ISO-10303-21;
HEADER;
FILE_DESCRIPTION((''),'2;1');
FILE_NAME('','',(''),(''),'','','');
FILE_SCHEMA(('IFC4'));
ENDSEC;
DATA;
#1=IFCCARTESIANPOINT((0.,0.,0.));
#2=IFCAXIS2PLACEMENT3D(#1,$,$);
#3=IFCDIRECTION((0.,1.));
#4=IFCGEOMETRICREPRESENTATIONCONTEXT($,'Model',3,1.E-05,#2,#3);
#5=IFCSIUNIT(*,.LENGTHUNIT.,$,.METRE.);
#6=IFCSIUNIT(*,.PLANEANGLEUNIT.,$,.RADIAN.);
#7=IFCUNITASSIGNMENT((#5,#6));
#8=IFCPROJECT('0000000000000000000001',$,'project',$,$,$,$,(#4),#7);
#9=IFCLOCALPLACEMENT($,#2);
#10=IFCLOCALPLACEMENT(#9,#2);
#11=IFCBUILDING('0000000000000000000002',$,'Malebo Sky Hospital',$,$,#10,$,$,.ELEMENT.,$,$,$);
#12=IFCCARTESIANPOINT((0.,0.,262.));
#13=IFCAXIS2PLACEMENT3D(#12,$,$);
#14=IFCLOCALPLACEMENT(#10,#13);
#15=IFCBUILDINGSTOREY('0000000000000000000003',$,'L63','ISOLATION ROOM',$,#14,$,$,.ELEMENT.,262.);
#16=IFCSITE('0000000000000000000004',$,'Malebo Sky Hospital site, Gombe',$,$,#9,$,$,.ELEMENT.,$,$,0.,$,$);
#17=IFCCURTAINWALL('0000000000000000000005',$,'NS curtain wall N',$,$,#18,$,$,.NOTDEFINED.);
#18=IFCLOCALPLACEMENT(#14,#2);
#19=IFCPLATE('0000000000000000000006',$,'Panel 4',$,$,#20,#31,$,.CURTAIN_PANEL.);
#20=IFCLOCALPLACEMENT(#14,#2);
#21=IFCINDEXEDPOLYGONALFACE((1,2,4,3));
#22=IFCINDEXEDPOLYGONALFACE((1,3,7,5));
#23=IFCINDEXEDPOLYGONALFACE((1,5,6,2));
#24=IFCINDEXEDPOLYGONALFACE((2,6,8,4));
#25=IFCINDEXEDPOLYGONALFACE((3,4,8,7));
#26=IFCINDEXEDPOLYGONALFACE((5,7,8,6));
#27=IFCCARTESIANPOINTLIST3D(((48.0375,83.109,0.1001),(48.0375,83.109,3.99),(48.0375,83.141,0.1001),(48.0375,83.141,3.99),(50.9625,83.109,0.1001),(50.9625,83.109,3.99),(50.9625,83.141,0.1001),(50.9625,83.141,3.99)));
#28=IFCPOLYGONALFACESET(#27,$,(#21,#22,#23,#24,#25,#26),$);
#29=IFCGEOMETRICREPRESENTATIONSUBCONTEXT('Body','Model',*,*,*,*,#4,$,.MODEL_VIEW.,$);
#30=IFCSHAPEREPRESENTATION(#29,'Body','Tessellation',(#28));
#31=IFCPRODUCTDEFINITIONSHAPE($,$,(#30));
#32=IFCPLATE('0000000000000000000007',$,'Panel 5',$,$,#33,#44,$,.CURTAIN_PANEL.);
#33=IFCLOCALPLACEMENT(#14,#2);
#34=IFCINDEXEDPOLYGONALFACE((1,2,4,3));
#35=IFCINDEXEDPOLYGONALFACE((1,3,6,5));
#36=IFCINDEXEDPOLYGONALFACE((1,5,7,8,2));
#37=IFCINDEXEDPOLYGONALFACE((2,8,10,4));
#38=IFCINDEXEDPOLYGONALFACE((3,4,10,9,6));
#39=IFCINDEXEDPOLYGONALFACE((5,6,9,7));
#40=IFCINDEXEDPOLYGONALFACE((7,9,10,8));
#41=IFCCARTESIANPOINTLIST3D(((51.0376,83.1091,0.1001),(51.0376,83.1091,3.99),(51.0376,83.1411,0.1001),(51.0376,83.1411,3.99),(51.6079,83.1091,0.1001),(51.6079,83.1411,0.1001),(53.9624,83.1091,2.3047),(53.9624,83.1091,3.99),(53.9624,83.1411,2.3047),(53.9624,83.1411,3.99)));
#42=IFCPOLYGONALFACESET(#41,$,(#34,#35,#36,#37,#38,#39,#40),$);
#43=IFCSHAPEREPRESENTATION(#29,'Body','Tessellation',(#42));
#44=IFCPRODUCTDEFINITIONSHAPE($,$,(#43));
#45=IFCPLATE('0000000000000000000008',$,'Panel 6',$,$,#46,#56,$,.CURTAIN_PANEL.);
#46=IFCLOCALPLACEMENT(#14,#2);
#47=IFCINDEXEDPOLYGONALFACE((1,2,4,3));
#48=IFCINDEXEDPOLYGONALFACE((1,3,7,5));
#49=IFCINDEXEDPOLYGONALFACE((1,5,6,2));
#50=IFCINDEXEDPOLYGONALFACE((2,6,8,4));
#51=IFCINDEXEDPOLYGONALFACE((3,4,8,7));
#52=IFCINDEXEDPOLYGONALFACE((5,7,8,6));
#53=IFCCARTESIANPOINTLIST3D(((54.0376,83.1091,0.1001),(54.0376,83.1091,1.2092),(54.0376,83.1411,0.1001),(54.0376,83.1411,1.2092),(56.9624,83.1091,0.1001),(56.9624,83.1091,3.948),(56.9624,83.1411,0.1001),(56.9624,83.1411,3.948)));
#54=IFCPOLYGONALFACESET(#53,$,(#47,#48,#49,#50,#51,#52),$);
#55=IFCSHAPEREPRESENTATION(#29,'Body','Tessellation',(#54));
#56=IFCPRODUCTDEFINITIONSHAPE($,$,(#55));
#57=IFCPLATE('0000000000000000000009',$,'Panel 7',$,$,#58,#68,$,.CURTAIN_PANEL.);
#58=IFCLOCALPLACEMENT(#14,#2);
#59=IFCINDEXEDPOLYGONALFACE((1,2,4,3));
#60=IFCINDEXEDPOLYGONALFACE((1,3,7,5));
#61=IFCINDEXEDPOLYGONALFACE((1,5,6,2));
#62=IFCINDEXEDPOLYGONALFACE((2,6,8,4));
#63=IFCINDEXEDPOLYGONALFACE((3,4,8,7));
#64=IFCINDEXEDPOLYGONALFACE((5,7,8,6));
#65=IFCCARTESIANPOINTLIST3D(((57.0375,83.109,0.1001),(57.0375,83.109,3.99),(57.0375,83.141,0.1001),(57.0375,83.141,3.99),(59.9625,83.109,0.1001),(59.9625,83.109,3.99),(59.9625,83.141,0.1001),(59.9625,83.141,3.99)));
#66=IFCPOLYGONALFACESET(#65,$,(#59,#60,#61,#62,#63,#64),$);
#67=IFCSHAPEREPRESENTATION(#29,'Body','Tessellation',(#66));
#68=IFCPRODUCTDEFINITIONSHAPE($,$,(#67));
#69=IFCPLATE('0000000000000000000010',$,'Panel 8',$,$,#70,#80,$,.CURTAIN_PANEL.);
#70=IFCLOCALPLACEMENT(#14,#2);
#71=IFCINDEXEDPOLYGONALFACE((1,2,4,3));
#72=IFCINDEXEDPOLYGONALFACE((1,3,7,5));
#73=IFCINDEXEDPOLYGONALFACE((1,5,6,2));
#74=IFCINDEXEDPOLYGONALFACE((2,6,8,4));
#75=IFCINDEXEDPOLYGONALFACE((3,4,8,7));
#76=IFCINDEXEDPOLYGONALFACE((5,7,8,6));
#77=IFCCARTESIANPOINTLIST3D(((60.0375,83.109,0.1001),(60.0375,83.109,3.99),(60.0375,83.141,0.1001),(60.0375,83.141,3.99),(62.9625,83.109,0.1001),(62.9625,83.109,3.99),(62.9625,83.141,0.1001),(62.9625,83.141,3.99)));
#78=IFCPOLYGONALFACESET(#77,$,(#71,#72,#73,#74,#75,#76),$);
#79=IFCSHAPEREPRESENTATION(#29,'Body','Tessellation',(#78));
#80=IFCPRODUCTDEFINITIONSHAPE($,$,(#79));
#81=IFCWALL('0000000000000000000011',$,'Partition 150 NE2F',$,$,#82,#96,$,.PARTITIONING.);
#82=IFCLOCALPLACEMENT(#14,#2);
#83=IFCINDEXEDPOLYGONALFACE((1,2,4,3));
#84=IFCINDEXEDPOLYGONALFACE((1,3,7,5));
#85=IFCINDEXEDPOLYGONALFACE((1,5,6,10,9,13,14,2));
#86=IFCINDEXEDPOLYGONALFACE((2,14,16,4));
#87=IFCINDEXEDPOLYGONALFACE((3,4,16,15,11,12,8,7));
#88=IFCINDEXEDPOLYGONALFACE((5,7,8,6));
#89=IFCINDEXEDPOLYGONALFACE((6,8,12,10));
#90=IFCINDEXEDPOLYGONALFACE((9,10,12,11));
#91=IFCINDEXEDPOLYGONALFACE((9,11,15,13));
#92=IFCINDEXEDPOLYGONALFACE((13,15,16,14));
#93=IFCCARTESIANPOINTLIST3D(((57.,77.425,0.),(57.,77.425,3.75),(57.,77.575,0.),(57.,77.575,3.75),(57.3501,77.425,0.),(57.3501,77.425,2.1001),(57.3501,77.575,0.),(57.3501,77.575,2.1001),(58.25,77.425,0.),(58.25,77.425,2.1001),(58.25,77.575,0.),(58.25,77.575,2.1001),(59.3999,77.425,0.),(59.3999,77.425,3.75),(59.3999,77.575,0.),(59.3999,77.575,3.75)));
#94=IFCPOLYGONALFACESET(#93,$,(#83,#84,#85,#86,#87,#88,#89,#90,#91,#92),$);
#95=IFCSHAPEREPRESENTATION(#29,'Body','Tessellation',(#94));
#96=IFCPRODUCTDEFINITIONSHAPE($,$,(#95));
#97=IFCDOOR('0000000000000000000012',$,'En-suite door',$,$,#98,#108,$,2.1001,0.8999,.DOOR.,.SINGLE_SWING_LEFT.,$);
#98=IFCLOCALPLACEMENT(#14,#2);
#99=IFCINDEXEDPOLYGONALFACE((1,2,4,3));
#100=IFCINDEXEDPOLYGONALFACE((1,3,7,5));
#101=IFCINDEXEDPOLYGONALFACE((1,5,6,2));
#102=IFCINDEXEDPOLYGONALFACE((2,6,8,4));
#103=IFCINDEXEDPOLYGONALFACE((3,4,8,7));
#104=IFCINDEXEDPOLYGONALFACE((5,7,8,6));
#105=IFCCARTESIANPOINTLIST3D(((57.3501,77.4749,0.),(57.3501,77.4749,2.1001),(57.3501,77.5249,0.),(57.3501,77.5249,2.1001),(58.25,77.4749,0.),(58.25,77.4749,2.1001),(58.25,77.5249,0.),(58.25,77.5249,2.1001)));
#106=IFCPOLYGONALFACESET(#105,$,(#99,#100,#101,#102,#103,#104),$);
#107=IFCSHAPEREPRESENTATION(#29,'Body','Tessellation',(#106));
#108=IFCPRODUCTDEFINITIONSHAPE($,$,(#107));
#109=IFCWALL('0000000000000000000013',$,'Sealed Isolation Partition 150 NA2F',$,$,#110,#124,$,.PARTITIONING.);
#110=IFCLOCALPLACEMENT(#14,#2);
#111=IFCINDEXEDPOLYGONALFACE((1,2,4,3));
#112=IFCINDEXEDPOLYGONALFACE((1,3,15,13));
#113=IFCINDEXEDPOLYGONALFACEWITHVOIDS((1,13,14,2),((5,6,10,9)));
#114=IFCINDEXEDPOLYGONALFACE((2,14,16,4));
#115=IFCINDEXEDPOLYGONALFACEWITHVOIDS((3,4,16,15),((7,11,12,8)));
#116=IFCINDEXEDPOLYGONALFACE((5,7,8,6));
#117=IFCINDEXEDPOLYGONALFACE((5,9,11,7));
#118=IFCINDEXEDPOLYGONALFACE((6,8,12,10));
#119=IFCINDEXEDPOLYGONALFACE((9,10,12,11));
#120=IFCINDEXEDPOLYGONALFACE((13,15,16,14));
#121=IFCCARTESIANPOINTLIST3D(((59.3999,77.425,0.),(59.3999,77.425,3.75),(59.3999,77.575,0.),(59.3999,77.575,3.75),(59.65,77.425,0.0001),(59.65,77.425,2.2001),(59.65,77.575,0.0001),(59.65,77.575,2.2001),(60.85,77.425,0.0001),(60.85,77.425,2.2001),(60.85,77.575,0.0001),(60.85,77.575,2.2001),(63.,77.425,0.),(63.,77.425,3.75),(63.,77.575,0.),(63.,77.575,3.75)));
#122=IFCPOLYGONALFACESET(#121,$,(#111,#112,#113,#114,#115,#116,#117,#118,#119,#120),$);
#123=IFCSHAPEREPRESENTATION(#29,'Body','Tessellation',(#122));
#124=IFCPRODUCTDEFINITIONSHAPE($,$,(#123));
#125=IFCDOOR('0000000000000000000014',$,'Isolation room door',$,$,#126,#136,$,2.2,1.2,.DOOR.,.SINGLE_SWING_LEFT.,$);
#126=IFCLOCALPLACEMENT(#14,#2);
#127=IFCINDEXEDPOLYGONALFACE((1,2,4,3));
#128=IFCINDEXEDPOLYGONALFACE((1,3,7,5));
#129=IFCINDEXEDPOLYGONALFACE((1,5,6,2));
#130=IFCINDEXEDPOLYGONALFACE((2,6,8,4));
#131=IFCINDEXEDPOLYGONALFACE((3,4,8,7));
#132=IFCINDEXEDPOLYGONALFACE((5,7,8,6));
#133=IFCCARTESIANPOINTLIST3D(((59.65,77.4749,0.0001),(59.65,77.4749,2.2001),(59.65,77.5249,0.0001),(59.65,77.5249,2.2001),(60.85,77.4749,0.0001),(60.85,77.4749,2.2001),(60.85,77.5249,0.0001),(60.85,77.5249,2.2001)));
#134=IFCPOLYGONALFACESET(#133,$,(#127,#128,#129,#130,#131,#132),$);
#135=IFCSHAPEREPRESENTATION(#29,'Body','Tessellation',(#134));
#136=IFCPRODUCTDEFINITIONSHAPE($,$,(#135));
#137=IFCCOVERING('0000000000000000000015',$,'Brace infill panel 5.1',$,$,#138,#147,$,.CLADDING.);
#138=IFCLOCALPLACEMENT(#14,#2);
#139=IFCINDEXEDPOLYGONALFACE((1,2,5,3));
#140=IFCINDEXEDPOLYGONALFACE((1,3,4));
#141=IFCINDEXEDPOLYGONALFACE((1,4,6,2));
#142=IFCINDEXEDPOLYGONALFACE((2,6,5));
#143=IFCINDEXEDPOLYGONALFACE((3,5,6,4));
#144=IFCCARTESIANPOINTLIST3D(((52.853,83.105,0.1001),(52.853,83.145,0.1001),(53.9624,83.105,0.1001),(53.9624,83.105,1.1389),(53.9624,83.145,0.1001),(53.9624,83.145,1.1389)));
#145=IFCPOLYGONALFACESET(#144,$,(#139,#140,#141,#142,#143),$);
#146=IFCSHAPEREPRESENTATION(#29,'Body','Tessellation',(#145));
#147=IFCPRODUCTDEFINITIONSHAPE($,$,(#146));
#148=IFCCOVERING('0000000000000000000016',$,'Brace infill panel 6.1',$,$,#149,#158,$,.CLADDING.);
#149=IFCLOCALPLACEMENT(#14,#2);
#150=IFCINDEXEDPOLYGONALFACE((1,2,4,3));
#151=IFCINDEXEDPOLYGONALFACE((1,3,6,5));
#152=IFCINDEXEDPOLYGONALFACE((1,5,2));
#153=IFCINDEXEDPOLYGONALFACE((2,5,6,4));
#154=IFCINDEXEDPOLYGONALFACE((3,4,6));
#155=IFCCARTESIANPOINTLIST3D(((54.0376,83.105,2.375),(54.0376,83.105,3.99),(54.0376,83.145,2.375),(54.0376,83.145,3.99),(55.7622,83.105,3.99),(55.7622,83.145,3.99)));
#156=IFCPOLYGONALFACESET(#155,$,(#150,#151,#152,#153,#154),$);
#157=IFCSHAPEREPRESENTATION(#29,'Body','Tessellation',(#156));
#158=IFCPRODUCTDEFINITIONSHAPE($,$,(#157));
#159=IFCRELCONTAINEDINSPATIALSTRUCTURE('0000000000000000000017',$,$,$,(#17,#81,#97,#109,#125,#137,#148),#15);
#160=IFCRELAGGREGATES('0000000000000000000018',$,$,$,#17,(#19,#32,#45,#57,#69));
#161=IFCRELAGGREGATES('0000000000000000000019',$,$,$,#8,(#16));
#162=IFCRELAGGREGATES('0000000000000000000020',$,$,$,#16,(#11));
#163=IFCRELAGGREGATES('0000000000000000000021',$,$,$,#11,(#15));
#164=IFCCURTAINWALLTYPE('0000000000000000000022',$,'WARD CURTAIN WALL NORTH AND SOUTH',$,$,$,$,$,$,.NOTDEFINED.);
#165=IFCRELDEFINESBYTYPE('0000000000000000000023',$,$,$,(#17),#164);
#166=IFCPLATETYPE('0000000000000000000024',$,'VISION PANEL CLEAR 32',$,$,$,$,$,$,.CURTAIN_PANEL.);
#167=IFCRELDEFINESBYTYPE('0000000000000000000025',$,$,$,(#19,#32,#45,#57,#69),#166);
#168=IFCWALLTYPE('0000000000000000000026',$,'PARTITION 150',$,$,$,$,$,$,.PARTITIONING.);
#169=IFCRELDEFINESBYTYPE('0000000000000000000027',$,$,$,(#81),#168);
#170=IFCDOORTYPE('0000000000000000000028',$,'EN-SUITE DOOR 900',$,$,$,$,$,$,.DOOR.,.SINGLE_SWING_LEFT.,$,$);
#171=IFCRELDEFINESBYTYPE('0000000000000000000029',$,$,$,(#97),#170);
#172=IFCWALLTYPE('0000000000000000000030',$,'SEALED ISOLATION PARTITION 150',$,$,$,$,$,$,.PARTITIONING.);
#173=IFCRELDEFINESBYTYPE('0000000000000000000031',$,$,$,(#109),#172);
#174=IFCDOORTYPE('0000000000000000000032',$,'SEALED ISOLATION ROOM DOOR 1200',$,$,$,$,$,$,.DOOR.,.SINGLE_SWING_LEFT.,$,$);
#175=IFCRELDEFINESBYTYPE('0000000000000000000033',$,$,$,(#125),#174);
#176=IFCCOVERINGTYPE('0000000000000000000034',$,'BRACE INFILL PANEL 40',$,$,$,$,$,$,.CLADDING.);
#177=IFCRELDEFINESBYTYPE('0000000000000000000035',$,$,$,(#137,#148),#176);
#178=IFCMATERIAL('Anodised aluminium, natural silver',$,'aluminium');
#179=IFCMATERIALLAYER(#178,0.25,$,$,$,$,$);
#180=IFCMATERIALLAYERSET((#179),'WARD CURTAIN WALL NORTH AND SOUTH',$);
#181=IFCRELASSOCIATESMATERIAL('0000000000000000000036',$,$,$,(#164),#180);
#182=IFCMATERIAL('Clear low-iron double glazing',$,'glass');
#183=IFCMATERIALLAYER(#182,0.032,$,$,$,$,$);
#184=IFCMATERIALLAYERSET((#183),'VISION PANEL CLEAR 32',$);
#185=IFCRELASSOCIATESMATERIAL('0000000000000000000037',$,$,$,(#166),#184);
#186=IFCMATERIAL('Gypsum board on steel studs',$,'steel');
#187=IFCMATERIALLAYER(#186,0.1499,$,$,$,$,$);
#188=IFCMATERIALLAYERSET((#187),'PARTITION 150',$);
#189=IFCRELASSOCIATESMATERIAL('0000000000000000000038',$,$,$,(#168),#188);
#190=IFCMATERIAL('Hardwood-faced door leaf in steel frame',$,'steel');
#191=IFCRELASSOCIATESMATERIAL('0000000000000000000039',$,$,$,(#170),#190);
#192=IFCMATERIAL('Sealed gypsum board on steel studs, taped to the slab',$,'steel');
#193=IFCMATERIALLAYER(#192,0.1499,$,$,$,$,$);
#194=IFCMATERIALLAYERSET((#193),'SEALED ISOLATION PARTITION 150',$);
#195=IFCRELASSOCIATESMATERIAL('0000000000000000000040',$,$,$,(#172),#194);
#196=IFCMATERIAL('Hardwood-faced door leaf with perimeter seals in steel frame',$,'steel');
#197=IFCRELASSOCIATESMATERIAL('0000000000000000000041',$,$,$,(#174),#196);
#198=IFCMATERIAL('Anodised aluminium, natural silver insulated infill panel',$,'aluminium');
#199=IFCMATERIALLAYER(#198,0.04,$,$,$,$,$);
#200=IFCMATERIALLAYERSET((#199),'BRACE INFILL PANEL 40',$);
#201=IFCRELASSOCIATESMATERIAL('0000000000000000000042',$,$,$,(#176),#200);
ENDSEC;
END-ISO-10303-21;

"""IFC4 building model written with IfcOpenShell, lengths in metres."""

from ifc_helpers import new_model, si_unit, direction, frame, frame_2d, origin, origin_2d, place, context, subcontext, project, spatial, polyline, rectangle, outline, extrude, material, layer, layer_set, type_object, element, fill, aggregate, save


model = new_model("IFC4")

# Units and contexts
model_context = context("Model", 3, precision=1e-05, world=origin(), true_north=direction((0.0, 1.0)))
body_context = subcontext(model_context, "Body", "Model", "MODEL_VIEW")
ifc_project = project(units=[si_unit("LENGTHUNIT", "METRE"), si_unit("PLANEANGLEUNIT", "RADIAN")], contexts=[model_context])

# Site, building, storey
site_placement = place(None, origin())
site = spatial("IfcSite", under=ifc_project, at=site_placement, Name="Malebo Sky Hospital site, Gombe", CompositionType="ELEMENT", RefElevation=0.0)
building_placement = place(site_placement, origin())
building = spatial("IfcBuilding", under=site, at=building_placement, Name="Malebo Sky Hospital", CompositionType="ELEMENT")
storey_placement = place(building_placement, frame((0.0, 0.0, 262.0)))
storey = spatial("IfcBuildingStorey", under=building, at=storey_placement, Name="L63", Description="ISOLATION ROOM", CompositionType="ELEMENT", Elevation=262.0)

# Curtain wall
ifc_material_1 = material(Name="Anodised aluminium, natural silver", Category="aluminium")
ifc_layer_1 = layer(ifc_material_1, 0.25)
ifc_layer_set_1 = layer_set([ifc_layer_1], Name="WARD CURTAIN WALL NORTH AND SOUTH")
curtain_wall_type = type_object("IfcCurtainWallType", Name="WARD CURTAIN WALL NORTH AND SOUTH", PredefinedType="NOTDEFINED", material=ifc_layer_set_1)
curtain_wall_placement = place(storey_placement, origin())
curtain_wall = element("IfcCurtainWall", 1, at=curtain_wall_placement, inside=storey, type_object=curtain_wall_type, Name="NS curtain wall N", PredefinedType="NOTDEFINED")

# Plates
ifc_material_2 = material(Name="Clear low-iron double glazing", Category="glass")
ifc_layer_2 = layer(ifc_material_2, 0.032)
ifc_layer_set_2 = layer_set([ifc_layer_2], Name="VISION PANEL CLEAR 32")
plate_type = type_object("IfcPlateType", Name="VISION PANEL CLEAR 32", PredefinedType="CURTAIN_PANEL", material=ifc_layer_set_2)
plate_1_placement = place(storey_placement, frame((49.5, 83.125, 0.1001), z_axis=(0.0, 0.0, 1.0), x_axis=(1.0, 0.0, 0.0)))
plate_1 = element("IfcPlate", 2, at=plate_1_placement, type_object=plate_type, Name="Panel 4", PredefinedType="CURTAIN_PANEL", context=body_context, shape_type="SweptSolid", body=[
    extrude(rectangle(XDim=2.925, YDim=0.032, at=origin_2d()), origin(), (0.0, 0.0, 1.0), 3.8899),
])
plate_2_placement = place(storey_placement, frame((52.5, 83.125, 0.1001), z_axis=(0.0, 0.0, 1.0), x_axis=(1.0, 0.0, 0.0)))
plate_2 = element("IfcPlate", 3, at=plate_2_placement, type_object=plate_type, Name="Panel 5", PredefinedType="CURTAIN_PANEL", context=body_context, shape_type="SweptSolid", body=[
    extrude(outline(polyline([(-1.4624, 0.0), (-0.8921, 0.0), (1.4624, 2.2046), (1.4624, 3.8899), (-1.4624, 3.8899), (-1.4624, 0.0)])), frame((0.0, 0.0161, 0.0), z_axis=(0.0, -1.0, 0.0), x_axis=(1.0, 0.0, 0.0)), (0.0, 0.0, 1.0), 0.032),
])
plate_3_placement = place(storey_placement, frame((55.5, 83.125, 0.1001), z_axis=(0.0, 0.0, 1.0), x_axis=(1.0, 0.0, 0.0)))
plate_3 = element("IfcPlate", 4, at=plate_3_placement, type_object=plate_type, Name="Panel 6", PredefinedType="CURTAIN_PANEL", context=body_context, shape_type="SweptSolid", body=[
    extrude(outline(polyline([(-1.4624, 0.0), (1.4624, 0.0), (1.4624, 3.8479), (-1.4624, 1.1091), (-1.4624, 0.0)])), frame((0.0, 0.0161, 0.0), z_axis=(0.0, -1.0, 0.0), x_axis=(1.0, 0.0, 0.0)), (0.0, 0.0, 1.0), 0.032),
])
plate_4_placement = place(storey_placement, frame((58.5, 83.125, 0.1001), z_axis=(0.0, 0.0, 1.0), x_axis=(1.0, 0.0, 0.0)))
plate_4 = element("IfcPlate", 5, at=plate_4_placement, type_object=plate_type, Name="Panel 7", PredefinedType="CURTAIN_PANEL", context=body_context, shape_type="SweptSolid", body=[
    extrude(rectangle(XDim=2.925, YDim=0.032, at=origin_2d()), origin(), (0.0, 0.0, 1.0), 3.8899),
])
plate_5_placement = place(storey_placement, frame((61.5, 83.125, 0.1001), z_axis=(0.0, 0.0, 1.0), x_axis=(1.0, 0.0, 0.0)))
plate_5 = element("IfcPlate", 6, at=plate_5_placement, type_object=plate_type, Name="Panel 8", PredefinedType="CURTAIN_PANEL", context=body_context, shape_type="SweptSolid", body=[
    extrude(rectangle(XDim=2.925, YDim=0.032, at=origin_2d()), origin(), (0.0, 0.0, 1.0), 3.8899),
])
aggregate(curtain_wall, [plate_1, plate_2, plate_3, plate_4, plate_5])

# Walls, openings, doors
ifc_material_3 = material(Name="Gypsum board on steel studs", Category="steel")
ifc_layer_3 = layer(ifc_material_3, 0.1499)
ifc_layer_set_3 = layer_set([ifc_layer_3], Name="PARTITION 150")
wall_type_1 = type_object("IfcWallType", Name="PARTITION 150", PredefinedType="PARTITIONING", material=ifc_layer_set_3)
wall_1_placement = place(storey_placement, frame((57.0, 77.5, 0.0), z_axis=(0.0, 0.0, 1.0), x_axis=(1.0, 0.0, 0.0)))
wall_1 = element("IfcWall", 7, at=wall_1_placement, inside=storey, type_object=wall_type_1, Name="Partition 150 NE2F", PredefinedType="PARTITIONING", context=body_context, shape_type="SweptSolid", body=[
    extrude(rectangle(XDim=2.3999, YDim=0.1499, at=frame_2d((1.2, 0.0))), origin(), (0.0, 0.0, 1.0), 3.75),
])
opening_1_placement = place(wall_1_placement, frame((0.3501, 0.0, 0.0)))
opening_1 = element("IfcOpeningElement", 8, at=opening_1_placement, cuts=wall_1, PredefinedType="OPENING", context=body_context, shape_type="SweptSolid", body=[
    extrude(rectangle(XDim=0.8999, YDim=2.1001, at=frame_2d((0.45, 1.05))), frame((0.0, 0.085, 0.0), z_axis=(0.0, -1.0, 0.0), x_axis=(1.0, 0.0, 0.0)), (0.0, 0.0, 1.0), 0.1699),
])
ifc_material_4 = material(Name="Hardwood-faced door leaf in steel frame", Category="steel")
door_type_1 = type_object("IfcDoorType", Name="EN-SUITE DOOR 900", OperationType="SINGLE_SWING_LEFT", PredefinedType="DOOR", material=ifc_material_4)
door_1_placement = place(opening_1_placement, origin())
door_1 = element("IfcDoor", 9, at=door_1_placement, inside=storey, type_object=door_type_1, Name="En-suite door", OperationType="SINGLE_SWING_LEFT", OverallHeight=2.1001, OverallWidth=0.8999, PredefinedType="DOOR", context=body_context, shape_type="SweptSolid", body=[
    extrude(rectangle(XDim=0.8999, YDim=2.1001, at=frame_2d((0.45, 1.05))), frame((0.0, 0.0249, 0.0), z_axis=(0.0, -1.0, 0.0), x_axis=(1.0, 0.0, 0.0)), (0.0, 0.0, 1.0), 0.05),
])
fill(opening_1, door_1)
ifc_material_5 = material(Name="Sealed gypsum board on steel studs, taped to the slab", Category="steel")
ifc_layer_4 = layer(ifc_material_5, 0.1499)
ifc_layer_set_4 = layer_set([ifc_layer_4], Name="SEALED ISOLATION PARTITION 150")
wall_type_2 = type_object("IfcWallType", Name="SEALED ISOLATION PARTITION 150", PredefinedType="PARTITIONING", material=ifc_layer_set_4)
wall_2_placement = place(storey_placement, frame((59.3999, 77.5, 0.0), z_axis=(0.0, 0.0, 1.0), x_axis=(1.0, 0.0, 0.0)))
wall_2 = element("IfcWall", 10, at=wall_2_placement, inside=storey, type_object=wall_type_2, Name="Sealed Isolation Partition 150 NA2F", PredefinedType="PARTITIONING", context=body_context, shape_type="SweptSolid", body=[
    extrude(rectangle(XDim=3.6001, YDim=0.1499, at=frame_2d((1.8, 0.0))), origin(), (0.0, 0.0, 1.0), 3.75),
])
opening_2_placement = place(wall_2_placement, frame((0.25, 0.0, 0.0)))
opening_2 = element("IfcOpeningElement", 11, at=opening_2_placement, cuts=wall_2, PredefinedType="OPENING", context=body_context, shape_type="SweptSolid", body=[
    extrude(rectangle(XDim=1.2, YDim=2.2, at=frame_2d((0.6001, 1.1001))), frame((0.0, 0.085, 0.0), z_axis=(0.0, -1.0, 0.0), x_axis=(1.0, 0.0, 0.0)), (0.0, 0.0, 1.0), 0.1699),
])
ifc_material_6 = material(Name="Hardwood-faced door leaf with perimeter seals in steel frame", Category="steel")
door_type_2 = type_object("IfcDoorType", Name="SEALED ISOLATION ROOM DOOR 1200", OperationType="SINGLE_SWING_LEFT", PredefinedType="DOOR", material=ifc_material_6)
door_2_placement = place(opening_2_placement, origin())
door_2 = element("IfcDoor", 12, at=door_2_placement, inside=storey, type_object=door_type_2, Name="Isolation room door", OperationType="SINGLE_SWING_LEFT", OverallHeight=2.2, OverallWidth=1.2, PredefinedType="DOOR", context=body_context, shape_type="SweptSolid", body=[
    extrude(rectangle(XDim=1.2, YDim=2.2, at=frame_2d((0.6001, 1.1001))), frame((0.0, 0.0249, 0.0), z_axis=(0.0, -1.0, 0.0), x_axis=(1.0, 0.0, 0.0)), (0.0, 0.0, 1.0), 0.05),
])
fill(opening_2, door_2)

# Coverings
ifc_material_7 = material(Name="Anodised aluminium, natural silver insulated infill panel", Category="aluminium")
ifc_layer_5 = layer(ifc_material_7, 0.04)
ifc_layer_set_5 = layer_set([ifc_layer_5], Name="BRACE INFILL PANEL 40")
covering_type = type_object("IfcCoveringType", Name="BRACE INFILL PANEL 40", PredefinedType="CLADDING", material=ifc_layer_set_5)
covering_1_placement = place(storey_placement, frame((53.4077, 83.125, 0.1001), z_axis=(0.0, 0.0, 1.0), x_axis=(1.0, 0.0, 0.0)))
element("IfcCovering", 13, at=covering_1_placement, inside=storey, type_object=covering_type, Name="Brace infill panel 5.1", PredefinedType="CLADDING", context=body_context, shape_type="SweptSolid", body=[
    extrude(outline(polyline([(-0.5547, 0.0), (0.5547, 0.0), (0.5547, 1.0388), (-0.5547, 0.0)])), frame((0.0, 0.02, 0.0), z_axis=(0.0, -1.0, 0.0), x_axis=(1.0, 0.0, 0.0)), (0.0, 0.0, 1.0), 0.04),
])
covering_2_placement = place(storey_placement, frame((54.8999, 83.125, 2.375), z_axis=(0.0, 0.0, 1.0), x_axis=(1.0, 0.0, 0.0)))
element("IfcCovering", 14, at=covering_2_placement, inside=storey, type_object=covering_type, Name="Brace infill panel 6.1", PredefinedType="CLADDING", context=body_context, shape_type="SweptSolid", body=[
    extrude(outline(polyline([(-0.8623, 0.0), (0.8623, 1.615), (-0.8623, 1.615), (-0.8623, 0.0)])), frame((0.0, 0.02, 0.0), z_axis=(0.0, -1.0, 0.0), x_axis=(1.0, 0.0, 0.0)), (0.0, 0.0, 1.0), 0.04),
])

save(model, "model.ifc")
